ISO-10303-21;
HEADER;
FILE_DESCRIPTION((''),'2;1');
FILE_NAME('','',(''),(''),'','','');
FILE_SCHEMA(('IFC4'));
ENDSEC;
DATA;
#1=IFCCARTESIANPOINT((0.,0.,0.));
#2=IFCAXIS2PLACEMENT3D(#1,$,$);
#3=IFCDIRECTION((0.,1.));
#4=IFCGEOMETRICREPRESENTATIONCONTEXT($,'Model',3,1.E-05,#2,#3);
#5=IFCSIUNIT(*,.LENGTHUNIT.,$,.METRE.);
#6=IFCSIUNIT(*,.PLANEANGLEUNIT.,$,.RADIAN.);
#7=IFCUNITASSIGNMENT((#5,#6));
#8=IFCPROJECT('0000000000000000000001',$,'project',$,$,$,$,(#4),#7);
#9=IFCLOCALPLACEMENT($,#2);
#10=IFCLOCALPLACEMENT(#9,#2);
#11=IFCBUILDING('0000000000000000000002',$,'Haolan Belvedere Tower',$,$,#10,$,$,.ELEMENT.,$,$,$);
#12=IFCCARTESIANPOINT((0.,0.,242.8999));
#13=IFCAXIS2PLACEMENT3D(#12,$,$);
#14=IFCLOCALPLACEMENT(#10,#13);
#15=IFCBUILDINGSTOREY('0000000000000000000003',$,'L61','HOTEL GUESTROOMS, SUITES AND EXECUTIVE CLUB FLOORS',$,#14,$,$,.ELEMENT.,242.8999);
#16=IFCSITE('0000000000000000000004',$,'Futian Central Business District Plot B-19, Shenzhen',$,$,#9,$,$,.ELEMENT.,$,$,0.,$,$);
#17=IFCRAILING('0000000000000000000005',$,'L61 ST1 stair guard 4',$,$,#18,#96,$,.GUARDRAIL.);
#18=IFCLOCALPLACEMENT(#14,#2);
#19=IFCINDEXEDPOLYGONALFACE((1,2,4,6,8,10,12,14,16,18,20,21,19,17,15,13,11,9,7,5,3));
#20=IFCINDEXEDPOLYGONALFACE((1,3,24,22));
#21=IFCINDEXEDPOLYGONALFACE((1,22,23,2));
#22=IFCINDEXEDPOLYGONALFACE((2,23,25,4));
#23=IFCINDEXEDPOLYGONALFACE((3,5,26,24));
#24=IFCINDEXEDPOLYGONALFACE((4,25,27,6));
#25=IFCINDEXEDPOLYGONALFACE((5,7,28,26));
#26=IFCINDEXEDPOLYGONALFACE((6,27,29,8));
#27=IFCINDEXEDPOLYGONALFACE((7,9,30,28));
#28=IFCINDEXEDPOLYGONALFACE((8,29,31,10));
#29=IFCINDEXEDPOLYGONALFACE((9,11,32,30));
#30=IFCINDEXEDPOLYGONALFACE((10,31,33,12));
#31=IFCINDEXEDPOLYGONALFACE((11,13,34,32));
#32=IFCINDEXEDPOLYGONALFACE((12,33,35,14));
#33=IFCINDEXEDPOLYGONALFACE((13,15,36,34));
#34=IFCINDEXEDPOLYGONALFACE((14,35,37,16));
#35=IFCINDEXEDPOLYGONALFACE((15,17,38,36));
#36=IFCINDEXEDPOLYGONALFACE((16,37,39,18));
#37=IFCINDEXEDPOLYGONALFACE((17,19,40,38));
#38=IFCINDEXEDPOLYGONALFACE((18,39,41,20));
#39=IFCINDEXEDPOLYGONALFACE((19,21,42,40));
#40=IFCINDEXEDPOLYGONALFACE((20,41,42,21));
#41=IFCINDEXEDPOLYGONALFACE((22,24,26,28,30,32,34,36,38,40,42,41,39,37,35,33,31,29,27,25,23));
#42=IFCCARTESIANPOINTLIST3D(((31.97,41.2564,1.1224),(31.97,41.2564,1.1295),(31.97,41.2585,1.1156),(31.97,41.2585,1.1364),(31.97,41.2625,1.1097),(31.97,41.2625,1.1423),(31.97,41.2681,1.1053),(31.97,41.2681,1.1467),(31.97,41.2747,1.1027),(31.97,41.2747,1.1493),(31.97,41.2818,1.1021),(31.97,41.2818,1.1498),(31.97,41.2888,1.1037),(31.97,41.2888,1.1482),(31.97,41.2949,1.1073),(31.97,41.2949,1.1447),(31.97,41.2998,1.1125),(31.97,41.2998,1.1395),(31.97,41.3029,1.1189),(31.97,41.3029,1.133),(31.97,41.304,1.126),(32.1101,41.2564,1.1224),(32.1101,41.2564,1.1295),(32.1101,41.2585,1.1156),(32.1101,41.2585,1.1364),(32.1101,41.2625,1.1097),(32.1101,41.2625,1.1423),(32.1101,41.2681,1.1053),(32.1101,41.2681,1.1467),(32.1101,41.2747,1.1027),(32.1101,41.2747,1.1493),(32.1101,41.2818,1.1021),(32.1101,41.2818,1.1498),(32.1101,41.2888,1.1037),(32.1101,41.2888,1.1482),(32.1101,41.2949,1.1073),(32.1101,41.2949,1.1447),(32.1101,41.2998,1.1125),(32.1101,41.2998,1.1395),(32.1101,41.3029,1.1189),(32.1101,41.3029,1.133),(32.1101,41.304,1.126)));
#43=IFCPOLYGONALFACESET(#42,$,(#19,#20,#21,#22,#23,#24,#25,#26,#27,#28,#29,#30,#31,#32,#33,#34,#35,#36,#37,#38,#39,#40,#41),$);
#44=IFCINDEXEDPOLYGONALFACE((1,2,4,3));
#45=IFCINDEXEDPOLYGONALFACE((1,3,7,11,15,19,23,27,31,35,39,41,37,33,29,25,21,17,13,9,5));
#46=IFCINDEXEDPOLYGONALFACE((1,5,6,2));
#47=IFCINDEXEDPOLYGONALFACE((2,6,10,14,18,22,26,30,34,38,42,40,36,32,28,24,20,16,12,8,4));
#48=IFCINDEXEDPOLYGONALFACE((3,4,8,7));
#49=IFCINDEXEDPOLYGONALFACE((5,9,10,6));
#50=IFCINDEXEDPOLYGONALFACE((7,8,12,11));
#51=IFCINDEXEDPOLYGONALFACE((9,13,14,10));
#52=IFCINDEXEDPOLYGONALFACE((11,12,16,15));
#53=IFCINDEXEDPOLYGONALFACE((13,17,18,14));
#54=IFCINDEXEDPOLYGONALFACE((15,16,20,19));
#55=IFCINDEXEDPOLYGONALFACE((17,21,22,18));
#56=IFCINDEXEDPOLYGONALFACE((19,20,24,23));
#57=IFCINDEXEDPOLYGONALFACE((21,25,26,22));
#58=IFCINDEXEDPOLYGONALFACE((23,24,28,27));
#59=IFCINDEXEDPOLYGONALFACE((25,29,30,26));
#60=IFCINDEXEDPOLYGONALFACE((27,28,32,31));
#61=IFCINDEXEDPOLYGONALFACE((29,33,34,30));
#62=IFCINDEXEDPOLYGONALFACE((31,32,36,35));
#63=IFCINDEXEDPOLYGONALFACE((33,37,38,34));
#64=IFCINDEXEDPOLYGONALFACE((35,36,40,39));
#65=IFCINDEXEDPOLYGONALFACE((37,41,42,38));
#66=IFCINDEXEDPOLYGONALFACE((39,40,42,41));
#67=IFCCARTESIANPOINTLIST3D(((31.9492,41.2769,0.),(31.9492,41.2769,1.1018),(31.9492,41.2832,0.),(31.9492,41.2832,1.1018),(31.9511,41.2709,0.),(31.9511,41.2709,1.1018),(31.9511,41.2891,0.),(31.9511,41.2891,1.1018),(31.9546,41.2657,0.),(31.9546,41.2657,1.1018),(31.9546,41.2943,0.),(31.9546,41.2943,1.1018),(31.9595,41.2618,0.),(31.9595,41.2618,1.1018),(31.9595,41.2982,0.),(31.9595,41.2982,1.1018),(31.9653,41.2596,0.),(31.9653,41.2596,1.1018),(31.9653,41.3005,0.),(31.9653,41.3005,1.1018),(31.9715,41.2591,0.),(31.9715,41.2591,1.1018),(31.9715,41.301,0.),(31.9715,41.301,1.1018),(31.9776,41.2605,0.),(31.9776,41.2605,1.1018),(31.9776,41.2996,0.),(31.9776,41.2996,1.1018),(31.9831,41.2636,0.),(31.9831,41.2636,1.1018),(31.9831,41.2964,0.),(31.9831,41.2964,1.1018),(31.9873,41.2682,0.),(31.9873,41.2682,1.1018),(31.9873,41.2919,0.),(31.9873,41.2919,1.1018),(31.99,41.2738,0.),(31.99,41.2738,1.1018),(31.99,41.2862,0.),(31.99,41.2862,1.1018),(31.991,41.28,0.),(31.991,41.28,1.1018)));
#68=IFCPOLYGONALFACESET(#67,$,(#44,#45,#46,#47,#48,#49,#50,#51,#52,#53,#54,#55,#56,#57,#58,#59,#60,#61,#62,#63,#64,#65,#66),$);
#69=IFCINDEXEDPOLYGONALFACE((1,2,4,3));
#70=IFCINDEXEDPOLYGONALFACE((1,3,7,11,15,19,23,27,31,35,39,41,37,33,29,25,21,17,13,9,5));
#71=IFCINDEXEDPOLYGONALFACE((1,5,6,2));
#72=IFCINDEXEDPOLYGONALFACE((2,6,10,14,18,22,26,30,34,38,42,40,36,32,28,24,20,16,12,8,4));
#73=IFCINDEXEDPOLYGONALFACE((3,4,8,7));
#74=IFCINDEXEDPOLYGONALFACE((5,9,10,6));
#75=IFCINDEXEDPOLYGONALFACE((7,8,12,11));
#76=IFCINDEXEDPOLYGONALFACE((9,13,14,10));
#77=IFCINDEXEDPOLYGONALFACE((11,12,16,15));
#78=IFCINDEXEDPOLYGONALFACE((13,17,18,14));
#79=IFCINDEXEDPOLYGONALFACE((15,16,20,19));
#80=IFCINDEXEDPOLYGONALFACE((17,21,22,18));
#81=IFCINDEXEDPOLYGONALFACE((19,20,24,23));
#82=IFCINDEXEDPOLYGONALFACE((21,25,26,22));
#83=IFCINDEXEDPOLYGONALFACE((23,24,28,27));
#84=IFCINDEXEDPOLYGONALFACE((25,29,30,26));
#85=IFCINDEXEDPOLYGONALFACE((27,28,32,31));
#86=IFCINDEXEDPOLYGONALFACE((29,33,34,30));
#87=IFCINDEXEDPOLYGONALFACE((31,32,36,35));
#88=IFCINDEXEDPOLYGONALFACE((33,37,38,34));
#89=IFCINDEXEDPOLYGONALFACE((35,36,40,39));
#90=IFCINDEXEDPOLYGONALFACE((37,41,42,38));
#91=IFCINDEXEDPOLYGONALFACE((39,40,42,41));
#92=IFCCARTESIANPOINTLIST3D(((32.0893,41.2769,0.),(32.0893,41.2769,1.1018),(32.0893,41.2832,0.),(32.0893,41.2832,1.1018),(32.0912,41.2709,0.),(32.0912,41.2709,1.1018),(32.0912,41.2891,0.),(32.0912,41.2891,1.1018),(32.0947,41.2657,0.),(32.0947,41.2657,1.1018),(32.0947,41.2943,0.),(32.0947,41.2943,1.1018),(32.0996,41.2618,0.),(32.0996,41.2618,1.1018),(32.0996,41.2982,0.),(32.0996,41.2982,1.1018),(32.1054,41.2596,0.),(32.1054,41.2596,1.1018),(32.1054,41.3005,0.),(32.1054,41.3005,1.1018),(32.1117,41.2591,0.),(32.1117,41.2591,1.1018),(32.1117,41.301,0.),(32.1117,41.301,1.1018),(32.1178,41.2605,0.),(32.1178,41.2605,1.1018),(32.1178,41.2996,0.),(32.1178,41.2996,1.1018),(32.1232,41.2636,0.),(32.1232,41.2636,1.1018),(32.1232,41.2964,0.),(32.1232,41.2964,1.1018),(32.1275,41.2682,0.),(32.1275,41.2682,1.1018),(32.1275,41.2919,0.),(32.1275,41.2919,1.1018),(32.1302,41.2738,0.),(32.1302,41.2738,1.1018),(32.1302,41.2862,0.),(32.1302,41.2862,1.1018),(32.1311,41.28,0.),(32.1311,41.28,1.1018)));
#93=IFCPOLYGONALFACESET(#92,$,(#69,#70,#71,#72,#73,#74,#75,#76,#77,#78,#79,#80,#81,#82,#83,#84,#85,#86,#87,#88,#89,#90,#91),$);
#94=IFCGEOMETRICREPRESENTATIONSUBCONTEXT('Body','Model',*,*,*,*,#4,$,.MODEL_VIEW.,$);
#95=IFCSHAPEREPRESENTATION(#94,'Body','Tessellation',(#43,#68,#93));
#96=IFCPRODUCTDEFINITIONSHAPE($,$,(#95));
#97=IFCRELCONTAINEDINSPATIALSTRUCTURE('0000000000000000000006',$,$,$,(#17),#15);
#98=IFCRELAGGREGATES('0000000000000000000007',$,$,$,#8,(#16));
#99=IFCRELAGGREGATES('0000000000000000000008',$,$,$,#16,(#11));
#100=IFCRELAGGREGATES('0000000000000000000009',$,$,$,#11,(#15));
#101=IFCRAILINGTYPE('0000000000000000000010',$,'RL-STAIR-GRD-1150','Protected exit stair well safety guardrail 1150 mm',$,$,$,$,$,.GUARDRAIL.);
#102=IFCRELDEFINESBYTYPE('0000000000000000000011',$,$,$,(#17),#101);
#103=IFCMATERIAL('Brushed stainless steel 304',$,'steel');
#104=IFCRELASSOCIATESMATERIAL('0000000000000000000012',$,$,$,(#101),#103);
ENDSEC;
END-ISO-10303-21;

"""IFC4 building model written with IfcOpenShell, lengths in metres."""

from ifc_helpers import new_model, si_unit, direction, frame, origin, origin_2d, place, context, subcontext, project, spatial, circle, extrude, material, type_object, element, save


model = new_model("IFC4")

# Units and contexts
model_context = context("Model", 3, precision=1e-05, world=origin(), true_north=direction((0.0, 1.0)))
body_context = subcontext(model_context, "Body", "Model", "MODEL_VIEW")
ifc_project = project(units=[si_unit("LENGTHUNIT", "METRE"), si_unit("PLANEANGLEUNIT", "RADIAN")], contexts=[model_context])

# Site, building, storey
site_placement = place(None, origin())
site = spatial("IfcSite", under=ifc_project, at=site_placement, Name="Futian Central Business District Plot B-19, Shenzhen", CompositionType="ELEMENT", RefElevation=0.0)
building_placement = place(site_placement, origin())
building = spatial("IfcBuilding", under=site, at=building_placement, Name="Haolan Belvedere Tower", CompositionType="ELEMENT")
storey_placement = place(building_placement, frame((0.0, 0.0, 242.8999)))
storey = spatial("IfcBuildingStorey", under=building, at=storey_placement, Name="L61", Description="HOTEL GUESTROOMS, SUITES AND EXECUTIVE CLUB FLOORS", CompositionType="ELEMENT", Elevation=242.8999)

# Railing
ifc_material_1 = material(Name="Brushed stainless steel 304", Category="steel")
railing_type_1 = type_object("IfcRailingType", Name="RL-STAIR-GRD-1150", Description="Protected exit stair well safety guardrail 1150 mm", PredefinedType="GUARDRAIL", material=ifc_material_1)
railing_1_placement = place(storey_placement, frame((31.97, 41.28, 0.0)))
element("IfcRailing", 1, at=railing_1_placement, inside=storey, type_object=railing_type_1, Name="L61 ST1 stair guard 4", PredefinedType="GUARDRAIL", context=body_context, shape_type="SweptSolid", body=[
    extrude(circle(Radius=0.0239, at=origin_2d()), frame((0.0, 0.0, 1.126), z_axis=(1.0, 0.0, 0.0), x_axis=(0.0, 1.0, 0.0)), (0.0, 0.0, 1.0), 0.1401),
    extrude(circle(Radius=0.021, at=origin_2d()), origin(), (0.0, 0.0, 1.0), 1.1018),
    extrude(circle(Radius=0.021, at=origin_2d()), frame((0.1401, 0.0, 0.0)), (0.0, 0.0, 1.0), 1.1018),
])

save(model, "model.ifc")
